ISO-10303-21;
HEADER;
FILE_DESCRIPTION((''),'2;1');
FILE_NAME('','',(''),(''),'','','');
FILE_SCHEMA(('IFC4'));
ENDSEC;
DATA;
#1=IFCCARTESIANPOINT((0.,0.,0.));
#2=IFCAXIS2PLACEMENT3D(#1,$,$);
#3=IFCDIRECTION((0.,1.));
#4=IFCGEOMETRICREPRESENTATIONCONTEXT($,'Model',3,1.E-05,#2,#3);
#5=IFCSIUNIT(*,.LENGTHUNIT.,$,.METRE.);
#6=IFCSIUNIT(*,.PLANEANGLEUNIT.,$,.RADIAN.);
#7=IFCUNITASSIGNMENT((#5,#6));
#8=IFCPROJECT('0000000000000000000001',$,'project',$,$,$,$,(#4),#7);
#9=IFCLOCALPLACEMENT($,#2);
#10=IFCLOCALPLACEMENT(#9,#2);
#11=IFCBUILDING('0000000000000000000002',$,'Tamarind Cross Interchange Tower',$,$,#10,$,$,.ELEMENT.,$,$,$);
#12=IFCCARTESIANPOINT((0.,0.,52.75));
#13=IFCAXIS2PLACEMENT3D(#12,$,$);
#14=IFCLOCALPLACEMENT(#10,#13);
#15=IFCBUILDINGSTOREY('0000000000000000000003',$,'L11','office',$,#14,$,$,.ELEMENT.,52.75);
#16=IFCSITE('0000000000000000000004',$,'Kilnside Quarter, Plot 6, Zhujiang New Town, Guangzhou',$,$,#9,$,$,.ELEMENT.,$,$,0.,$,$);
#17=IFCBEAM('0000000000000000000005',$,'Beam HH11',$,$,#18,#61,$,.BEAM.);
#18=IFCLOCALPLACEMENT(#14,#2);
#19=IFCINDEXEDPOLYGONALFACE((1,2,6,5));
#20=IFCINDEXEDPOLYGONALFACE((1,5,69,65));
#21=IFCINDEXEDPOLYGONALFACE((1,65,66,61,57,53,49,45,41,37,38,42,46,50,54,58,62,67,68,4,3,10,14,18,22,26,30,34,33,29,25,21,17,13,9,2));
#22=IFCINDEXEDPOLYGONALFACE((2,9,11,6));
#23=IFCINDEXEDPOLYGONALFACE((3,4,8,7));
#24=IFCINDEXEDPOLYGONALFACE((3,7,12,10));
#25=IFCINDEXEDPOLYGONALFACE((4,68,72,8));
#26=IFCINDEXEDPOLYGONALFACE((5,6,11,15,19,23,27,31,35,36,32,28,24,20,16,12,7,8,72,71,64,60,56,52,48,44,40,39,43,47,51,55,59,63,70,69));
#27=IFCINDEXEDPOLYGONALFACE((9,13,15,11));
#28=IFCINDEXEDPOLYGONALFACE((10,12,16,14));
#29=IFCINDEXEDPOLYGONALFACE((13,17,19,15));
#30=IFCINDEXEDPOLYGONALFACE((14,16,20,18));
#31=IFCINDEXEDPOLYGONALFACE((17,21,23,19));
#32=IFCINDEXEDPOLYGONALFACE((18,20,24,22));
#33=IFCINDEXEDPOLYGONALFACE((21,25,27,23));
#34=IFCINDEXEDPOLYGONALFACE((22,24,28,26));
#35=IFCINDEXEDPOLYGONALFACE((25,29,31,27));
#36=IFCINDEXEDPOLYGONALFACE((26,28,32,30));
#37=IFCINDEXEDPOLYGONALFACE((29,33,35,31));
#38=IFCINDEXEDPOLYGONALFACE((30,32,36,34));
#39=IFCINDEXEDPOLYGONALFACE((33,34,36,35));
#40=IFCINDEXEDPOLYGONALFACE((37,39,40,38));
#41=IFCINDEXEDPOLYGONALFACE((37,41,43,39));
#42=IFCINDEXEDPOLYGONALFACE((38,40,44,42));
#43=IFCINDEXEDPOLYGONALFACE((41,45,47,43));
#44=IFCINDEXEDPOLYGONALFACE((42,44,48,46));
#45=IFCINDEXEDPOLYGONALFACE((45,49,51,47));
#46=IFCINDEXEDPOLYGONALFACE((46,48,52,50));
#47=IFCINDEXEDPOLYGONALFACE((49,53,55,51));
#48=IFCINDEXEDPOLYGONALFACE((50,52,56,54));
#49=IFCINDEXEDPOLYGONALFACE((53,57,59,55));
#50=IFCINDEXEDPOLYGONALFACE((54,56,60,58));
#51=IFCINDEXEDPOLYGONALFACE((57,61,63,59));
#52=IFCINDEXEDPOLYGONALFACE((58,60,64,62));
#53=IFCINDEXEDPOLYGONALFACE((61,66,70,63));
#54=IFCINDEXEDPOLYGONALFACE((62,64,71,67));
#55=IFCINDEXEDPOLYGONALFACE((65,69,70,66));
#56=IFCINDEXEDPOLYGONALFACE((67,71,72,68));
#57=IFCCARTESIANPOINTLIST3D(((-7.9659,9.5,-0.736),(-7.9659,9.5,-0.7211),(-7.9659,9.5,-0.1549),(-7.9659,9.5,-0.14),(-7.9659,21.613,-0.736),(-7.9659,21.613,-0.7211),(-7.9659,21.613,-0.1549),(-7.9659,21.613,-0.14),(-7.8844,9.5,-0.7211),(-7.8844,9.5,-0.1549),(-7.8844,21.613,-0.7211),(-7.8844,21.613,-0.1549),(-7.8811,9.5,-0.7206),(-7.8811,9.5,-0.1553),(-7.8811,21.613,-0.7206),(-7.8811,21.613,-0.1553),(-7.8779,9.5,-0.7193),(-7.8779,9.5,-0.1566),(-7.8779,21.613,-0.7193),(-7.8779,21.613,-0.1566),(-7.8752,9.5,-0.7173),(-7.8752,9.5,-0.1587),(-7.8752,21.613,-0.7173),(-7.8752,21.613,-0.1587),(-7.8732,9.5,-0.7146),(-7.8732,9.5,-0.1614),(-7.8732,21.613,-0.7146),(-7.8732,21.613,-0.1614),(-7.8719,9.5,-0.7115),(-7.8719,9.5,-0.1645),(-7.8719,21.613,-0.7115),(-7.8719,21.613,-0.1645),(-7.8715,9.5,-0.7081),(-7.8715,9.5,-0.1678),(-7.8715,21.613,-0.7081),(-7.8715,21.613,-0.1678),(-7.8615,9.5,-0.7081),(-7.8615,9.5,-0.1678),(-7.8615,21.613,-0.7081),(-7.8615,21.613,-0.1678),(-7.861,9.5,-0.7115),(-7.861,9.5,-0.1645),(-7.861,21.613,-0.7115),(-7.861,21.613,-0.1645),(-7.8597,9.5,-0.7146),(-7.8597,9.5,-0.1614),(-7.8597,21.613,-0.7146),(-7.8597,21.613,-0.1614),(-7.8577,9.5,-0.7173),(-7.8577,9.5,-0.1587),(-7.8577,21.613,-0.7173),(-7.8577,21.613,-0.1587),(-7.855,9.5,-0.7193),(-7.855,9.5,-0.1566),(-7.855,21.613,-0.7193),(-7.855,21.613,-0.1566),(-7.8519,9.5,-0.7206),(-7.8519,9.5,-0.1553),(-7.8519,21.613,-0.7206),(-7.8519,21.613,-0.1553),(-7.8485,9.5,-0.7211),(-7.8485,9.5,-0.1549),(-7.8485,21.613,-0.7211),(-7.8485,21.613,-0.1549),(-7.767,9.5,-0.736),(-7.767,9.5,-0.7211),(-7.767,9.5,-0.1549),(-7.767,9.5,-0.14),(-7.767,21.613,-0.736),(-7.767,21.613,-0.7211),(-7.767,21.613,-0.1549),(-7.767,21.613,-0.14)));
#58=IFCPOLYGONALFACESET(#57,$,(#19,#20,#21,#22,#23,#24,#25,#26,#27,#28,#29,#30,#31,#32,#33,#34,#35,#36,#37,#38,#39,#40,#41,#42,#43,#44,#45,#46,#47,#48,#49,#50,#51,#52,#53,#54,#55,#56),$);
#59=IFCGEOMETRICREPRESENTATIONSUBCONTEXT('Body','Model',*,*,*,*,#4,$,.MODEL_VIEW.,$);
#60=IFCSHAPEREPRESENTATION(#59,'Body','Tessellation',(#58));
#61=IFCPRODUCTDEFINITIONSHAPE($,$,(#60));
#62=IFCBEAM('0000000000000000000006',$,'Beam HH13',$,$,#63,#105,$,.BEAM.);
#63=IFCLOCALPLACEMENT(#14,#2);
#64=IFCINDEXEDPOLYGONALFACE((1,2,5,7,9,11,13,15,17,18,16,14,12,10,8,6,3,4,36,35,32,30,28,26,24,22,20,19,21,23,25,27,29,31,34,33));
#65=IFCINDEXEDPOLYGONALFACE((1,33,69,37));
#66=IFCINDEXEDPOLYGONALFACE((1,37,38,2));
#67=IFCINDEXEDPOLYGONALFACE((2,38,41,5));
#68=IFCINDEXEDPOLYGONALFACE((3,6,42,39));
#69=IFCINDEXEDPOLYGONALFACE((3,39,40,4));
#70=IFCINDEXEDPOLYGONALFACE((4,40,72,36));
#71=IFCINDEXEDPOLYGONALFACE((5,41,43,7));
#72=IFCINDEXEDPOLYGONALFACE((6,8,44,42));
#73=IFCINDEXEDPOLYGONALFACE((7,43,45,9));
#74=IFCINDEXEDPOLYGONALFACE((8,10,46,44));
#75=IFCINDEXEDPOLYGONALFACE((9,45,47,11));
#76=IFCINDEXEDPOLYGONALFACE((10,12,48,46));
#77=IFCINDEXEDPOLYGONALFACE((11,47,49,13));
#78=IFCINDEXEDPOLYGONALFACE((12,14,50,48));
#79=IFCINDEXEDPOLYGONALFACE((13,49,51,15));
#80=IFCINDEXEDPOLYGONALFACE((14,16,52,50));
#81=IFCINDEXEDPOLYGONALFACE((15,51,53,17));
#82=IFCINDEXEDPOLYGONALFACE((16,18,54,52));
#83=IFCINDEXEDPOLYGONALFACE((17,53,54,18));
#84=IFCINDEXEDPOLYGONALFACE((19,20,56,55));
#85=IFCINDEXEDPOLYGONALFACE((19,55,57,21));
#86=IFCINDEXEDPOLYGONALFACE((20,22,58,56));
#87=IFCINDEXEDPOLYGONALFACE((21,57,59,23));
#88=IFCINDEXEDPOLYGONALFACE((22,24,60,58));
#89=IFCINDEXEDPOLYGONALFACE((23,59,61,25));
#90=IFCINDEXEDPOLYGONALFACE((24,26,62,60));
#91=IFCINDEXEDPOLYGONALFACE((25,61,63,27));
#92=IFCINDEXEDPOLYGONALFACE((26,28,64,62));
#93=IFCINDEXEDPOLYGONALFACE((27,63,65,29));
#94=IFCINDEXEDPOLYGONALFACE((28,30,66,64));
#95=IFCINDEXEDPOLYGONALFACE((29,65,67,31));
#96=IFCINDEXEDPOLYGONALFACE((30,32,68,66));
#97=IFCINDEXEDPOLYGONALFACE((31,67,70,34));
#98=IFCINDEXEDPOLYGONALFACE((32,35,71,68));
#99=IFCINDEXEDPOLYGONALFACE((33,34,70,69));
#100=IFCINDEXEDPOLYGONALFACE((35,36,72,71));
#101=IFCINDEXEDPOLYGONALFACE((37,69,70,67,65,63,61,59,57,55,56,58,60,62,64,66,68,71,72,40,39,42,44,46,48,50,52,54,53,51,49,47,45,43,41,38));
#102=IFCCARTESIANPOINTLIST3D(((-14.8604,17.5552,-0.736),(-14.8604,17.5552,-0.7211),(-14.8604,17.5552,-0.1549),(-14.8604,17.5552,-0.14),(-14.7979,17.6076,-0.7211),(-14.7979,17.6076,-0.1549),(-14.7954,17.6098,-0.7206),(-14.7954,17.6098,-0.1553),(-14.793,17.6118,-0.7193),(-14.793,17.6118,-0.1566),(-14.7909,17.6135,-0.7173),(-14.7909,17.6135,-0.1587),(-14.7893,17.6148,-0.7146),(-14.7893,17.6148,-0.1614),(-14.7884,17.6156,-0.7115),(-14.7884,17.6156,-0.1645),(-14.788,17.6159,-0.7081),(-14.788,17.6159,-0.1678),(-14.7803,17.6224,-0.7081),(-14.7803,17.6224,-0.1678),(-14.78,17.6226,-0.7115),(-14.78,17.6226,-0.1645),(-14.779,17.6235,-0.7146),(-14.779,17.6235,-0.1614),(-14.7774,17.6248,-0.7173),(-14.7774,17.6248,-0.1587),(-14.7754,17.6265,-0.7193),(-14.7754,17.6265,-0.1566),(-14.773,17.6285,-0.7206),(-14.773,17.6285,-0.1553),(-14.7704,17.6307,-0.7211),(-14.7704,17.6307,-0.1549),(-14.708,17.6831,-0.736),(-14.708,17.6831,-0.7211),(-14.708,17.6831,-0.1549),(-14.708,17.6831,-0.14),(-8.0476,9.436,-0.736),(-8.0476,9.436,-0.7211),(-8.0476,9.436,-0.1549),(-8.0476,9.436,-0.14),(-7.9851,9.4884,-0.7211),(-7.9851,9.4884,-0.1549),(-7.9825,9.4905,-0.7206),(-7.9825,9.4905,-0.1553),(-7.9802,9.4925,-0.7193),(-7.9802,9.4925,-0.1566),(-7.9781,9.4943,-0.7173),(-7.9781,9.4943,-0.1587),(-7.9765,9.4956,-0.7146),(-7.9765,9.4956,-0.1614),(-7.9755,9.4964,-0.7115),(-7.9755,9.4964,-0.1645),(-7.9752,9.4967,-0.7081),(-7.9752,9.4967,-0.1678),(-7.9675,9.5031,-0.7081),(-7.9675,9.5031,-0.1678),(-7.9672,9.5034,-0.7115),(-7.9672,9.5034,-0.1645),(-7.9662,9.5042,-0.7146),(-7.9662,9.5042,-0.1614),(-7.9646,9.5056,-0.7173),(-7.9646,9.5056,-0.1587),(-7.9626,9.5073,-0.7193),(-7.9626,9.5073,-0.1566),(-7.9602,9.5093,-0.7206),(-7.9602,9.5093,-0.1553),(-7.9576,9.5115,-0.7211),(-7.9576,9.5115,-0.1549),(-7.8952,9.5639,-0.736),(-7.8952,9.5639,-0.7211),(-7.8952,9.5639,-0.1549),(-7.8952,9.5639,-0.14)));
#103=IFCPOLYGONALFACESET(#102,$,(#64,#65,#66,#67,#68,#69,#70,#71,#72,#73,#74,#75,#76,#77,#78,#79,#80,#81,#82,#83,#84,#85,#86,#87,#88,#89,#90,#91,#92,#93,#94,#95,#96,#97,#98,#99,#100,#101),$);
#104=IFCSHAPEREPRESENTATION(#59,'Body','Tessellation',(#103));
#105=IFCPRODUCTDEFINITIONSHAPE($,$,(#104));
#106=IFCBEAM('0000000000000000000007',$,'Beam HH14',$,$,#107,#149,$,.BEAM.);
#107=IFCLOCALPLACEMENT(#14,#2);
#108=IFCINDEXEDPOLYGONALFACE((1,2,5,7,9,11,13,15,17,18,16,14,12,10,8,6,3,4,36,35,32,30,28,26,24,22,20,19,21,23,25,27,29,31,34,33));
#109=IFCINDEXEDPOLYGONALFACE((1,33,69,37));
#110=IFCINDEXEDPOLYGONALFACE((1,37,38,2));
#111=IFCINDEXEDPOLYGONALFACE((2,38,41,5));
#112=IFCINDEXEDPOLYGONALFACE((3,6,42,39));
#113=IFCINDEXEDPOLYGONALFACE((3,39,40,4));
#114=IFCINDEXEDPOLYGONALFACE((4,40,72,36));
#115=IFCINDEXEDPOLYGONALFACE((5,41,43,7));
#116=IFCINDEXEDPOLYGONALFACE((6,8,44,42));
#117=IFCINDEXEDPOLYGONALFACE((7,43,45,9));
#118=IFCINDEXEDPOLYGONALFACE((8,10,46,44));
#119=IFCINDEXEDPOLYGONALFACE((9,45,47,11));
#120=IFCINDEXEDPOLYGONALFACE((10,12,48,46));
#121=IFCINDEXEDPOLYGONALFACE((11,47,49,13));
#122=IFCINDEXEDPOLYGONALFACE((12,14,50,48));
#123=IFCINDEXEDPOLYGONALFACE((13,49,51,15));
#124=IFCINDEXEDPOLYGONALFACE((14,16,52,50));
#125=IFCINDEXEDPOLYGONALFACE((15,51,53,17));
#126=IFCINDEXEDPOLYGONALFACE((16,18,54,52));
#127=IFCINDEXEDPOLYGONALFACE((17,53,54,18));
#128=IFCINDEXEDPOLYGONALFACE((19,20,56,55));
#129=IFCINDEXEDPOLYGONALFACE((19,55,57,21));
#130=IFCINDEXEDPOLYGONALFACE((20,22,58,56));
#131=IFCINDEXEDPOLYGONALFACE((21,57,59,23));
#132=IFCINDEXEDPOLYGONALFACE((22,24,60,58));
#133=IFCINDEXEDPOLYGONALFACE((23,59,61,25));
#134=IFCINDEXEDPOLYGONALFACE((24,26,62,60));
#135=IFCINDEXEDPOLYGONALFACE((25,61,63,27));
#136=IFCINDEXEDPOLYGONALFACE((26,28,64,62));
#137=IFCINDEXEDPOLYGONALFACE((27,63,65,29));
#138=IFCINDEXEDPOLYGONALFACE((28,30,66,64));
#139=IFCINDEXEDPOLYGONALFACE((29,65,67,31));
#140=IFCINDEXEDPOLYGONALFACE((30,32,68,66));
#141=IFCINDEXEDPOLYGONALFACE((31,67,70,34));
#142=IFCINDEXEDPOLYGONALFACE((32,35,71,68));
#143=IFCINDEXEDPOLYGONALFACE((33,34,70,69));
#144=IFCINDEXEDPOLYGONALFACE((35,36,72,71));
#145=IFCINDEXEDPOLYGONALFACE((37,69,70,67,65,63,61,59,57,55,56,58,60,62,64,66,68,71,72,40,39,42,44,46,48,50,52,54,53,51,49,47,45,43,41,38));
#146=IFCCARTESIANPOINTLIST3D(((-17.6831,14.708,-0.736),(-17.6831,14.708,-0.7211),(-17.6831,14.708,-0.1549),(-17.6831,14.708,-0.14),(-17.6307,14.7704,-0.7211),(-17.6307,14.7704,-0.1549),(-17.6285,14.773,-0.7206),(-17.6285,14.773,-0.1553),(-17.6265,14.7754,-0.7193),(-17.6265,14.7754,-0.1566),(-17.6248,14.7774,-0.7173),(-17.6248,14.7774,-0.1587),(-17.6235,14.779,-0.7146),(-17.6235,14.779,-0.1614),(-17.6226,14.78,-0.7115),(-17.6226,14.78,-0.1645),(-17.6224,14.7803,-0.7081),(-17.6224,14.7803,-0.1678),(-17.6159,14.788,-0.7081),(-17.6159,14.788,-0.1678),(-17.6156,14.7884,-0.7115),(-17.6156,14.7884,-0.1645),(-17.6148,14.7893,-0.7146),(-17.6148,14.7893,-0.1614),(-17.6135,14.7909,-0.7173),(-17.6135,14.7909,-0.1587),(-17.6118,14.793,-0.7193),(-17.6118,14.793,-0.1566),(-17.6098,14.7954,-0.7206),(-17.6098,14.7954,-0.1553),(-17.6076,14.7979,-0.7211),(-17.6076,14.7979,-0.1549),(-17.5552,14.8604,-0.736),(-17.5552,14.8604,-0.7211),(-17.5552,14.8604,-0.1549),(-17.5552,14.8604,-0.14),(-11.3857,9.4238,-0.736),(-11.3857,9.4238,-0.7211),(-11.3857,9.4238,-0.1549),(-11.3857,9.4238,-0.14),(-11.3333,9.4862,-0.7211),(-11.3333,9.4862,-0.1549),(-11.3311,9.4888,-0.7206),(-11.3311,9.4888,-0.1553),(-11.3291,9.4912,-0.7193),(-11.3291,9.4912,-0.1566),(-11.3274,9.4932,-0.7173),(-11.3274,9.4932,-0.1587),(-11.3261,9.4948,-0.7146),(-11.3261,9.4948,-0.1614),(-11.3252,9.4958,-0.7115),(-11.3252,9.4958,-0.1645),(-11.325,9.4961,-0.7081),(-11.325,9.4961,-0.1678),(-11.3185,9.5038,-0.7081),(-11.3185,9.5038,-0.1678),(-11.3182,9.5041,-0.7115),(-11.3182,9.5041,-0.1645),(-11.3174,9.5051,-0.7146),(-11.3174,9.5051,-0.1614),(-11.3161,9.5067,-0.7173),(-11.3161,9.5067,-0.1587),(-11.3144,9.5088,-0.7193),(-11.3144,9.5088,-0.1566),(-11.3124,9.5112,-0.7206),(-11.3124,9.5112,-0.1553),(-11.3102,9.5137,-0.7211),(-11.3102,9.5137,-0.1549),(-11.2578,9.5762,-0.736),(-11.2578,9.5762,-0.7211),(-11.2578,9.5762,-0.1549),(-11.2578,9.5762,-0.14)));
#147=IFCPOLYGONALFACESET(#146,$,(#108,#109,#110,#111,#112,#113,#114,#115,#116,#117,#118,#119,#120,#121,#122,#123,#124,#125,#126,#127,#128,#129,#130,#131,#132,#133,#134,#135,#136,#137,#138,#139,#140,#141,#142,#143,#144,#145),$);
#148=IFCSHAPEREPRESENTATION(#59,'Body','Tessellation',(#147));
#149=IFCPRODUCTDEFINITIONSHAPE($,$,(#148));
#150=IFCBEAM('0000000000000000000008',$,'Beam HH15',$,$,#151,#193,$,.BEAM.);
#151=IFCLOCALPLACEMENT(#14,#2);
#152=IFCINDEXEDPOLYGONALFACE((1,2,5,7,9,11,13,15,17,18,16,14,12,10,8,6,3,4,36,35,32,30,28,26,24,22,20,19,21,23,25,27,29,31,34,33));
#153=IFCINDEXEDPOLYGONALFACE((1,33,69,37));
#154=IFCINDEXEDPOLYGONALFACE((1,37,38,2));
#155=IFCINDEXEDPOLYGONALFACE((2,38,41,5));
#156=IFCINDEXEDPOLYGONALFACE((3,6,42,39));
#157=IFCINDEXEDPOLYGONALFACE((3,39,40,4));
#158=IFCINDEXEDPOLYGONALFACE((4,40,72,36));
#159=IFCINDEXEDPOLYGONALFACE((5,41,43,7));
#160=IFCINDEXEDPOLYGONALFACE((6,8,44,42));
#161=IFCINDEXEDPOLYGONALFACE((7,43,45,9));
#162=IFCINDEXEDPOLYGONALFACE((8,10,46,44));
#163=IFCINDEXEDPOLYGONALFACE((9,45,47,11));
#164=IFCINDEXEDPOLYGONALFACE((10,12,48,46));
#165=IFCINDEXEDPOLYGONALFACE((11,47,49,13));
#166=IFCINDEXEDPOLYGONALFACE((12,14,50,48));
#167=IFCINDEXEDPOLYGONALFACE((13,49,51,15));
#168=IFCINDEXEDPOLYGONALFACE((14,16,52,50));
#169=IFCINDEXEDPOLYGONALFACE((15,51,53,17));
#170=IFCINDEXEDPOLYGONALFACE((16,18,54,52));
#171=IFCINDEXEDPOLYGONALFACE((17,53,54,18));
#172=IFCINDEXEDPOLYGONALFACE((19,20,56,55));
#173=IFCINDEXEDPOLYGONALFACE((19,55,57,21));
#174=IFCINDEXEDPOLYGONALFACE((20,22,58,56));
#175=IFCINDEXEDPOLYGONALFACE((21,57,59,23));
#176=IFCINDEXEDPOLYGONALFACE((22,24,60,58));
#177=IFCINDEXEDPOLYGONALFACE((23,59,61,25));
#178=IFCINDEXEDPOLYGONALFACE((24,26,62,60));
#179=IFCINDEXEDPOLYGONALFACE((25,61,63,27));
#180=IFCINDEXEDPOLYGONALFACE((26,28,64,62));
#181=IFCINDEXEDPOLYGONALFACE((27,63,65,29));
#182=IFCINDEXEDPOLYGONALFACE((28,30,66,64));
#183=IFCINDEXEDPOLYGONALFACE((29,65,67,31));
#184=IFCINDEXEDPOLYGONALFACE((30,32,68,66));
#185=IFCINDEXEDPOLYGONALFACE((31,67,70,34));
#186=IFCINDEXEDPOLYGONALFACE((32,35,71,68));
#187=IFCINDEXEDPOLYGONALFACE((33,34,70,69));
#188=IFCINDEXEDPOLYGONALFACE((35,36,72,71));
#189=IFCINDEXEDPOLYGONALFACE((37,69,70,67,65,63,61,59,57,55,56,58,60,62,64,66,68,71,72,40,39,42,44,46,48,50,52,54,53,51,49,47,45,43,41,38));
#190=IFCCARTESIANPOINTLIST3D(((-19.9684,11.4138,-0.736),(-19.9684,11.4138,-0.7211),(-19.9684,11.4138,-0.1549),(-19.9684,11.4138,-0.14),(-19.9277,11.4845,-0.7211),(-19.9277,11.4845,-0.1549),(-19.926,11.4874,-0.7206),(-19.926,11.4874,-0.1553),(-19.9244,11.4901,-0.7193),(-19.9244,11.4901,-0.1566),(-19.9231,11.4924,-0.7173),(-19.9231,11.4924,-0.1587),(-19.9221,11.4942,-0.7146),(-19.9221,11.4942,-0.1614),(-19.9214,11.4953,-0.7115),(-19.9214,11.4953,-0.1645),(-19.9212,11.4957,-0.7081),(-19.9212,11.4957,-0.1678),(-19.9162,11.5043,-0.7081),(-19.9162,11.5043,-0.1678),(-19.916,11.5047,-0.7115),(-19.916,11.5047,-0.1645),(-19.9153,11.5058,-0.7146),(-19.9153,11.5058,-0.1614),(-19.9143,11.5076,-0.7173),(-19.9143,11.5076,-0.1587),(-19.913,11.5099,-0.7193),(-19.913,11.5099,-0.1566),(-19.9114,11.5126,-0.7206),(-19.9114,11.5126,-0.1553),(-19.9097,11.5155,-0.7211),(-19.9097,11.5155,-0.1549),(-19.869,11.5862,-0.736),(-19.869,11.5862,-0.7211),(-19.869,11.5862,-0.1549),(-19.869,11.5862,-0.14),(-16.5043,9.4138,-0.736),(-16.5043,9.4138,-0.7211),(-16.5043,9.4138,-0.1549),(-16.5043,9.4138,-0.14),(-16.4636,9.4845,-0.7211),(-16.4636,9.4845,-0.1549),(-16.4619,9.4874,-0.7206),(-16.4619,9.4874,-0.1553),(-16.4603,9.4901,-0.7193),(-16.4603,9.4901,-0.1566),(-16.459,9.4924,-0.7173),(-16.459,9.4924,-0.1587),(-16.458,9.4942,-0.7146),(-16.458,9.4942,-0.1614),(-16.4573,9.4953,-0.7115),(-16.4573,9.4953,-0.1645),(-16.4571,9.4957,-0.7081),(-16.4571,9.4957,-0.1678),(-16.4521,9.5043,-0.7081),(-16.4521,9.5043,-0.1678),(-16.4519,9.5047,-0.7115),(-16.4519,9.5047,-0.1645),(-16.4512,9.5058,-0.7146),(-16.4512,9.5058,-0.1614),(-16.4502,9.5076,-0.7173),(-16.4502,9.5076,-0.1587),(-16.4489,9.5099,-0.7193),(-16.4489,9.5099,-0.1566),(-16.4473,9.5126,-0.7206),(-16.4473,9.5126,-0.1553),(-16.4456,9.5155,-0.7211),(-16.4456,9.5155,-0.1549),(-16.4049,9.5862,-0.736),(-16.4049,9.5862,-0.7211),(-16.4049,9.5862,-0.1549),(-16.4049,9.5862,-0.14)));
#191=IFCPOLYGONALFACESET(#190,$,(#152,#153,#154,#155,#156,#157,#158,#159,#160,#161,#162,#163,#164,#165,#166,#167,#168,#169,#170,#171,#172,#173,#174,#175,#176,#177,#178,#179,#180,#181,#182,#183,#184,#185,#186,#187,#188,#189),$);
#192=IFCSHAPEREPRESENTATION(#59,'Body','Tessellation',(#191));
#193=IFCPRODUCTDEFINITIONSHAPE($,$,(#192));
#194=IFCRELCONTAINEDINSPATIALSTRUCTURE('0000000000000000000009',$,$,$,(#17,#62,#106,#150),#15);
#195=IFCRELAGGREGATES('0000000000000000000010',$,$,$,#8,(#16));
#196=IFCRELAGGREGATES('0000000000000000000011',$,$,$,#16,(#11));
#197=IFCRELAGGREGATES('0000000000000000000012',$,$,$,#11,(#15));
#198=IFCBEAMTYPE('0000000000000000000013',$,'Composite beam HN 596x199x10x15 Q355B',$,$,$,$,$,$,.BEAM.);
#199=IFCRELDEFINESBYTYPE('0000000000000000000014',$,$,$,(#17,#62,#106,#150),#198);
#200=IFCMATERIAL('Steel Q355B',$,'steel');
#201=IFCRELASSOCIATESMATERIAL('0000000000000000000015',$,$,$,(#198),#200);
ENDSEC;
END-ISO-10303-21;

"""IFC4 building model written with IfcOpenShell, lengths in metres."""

from ifc_helpers import new_model, si_unit, direction, frame, origin, origin_2d, place, context, subcontext, project, spatial, i_section, extrude, material, material_profile, profile_set, type_object, element, save


model = new_model("IFC4")

# Units and contexts
model_context = context("Model", 3, precision=1e-05, world=origin(), true_north=direction((0.0, 1.0)))
body_context = subcontext(model_context, "Body", "Model", "MODEL_VIEW")
ifc_project = project(units=[si_unit("LENGTHUNIT", "METRE"), si_unit("PLANEANGLEUNIT", "RADIAN")], contexts=[model_context])

# Site, building, storey
site_placement = place(None, origin())
site = spatial("IfcSite", under=ifc_project, at=site_placement, Name="Kilnside Quarter, Plot 6, Zhujiang New Town, Guangzhou", CompositionType="ELEMENT", RefElevation=0.0)
building_placement = place(site_placement, origin())
building = spatial("IfcBuilding", under=site, at=building_placement, Name="Tamarind Cross Interchange Tower", CompositionType="ELEMENT")
storey_placement = place(building_placement, frame((0.0, 0.0, 52.75)))
storey = spatial("IfcBuildingStorey", under=building, at=storey_placement, Name="L11", Description="office", CompositionType="ELEMENT", Elevation=52.75)

# Beams
ifc_material_1 = material(Name="Steel Q355B", Category="steel")
ifc_material_profile_1 = material_profile(ifc_material_1, i_section(OverallWidth=0.199, OverallDepth=0.5959, WebThickness=0.01, FlangeThickness=0.0149, FilletRadius=0.0129, at=origin_2d()), Name="HN 596x199x10x15")
ifc_profile_set_1 = profile_set([ifc_material_profile_1], Name="Steel Q355B")
beam_type_1 = type_object("IfcBeamType", Name="Composite beam HN 596x199x10x15 Q355B", PredefinedType="BEAM", material=ifc_profile_set_1)
beam_1_placement = place(storey_placement, frame((-7.8665, 21.613, -0.438), z_axis=(0.0, -1.0, 0.0), x_axis=(1.0, 0.0, 0.0)))
element("IfcBeam", 1, at=beam_1_placement, inside=storey, type_object=beam_type_1, Name="Beam HH11", PredefinedType="BEAM", context=body_context, shape_type="SweptSolid", body=[
    extrude(i_section(OverallWidth=0.199, OverallDepth=0.5959, WebThickness=0.01, FlangeThickness=0.0149, FilletRadius=0.0129, at=origin_2d()), origin(), (0.0, 0.0, 1.0), 12.113),
])
beam_2_placement = place(storey_placement, frame((-14.7842, 17.6191, -0.438), z_axis=(0.642786, -0.766046, 0.0), x_axis=(0.766046, 0.642786, 0.0)))
element("IfcBeam", 2, at=beam_2_placement, inside=storey, type_object=beam_type_1, Name="Beam HH13", PredefinedType="BEAM", context=body_context, shape_type="SweptSolid", body=[
    extrude(i_section(OverallWidth=0.199, OverallDepth=0.5959, WebThickness=0.01, FlangeThickness=0.0149, FilletRadius=0.0129, at=origin_2d()), origin(), (0.0, 0.0, 1.0), 10.5989),
])
beam_3_placement = place(storey_placement, frame((-17.6191, 14.7842, -0.438), z_axis=(0.766041, -0.642792, 0.0), x_axis=(0.642792, 0.766041, 0.0)))
element("IfcBeam", 3, at=beam_3_placement, inside=storey, type_object=beam_type_1, Name="Beam HH14", PredefinedType="BEAM", context=body_context, shape_type="SweptSolid", body=[
    extrude(i_section(OverallWidth=0.199, OverallDepth=0.5959, WebThickness=0.01, FlangeThickness=0.0149, FilletRadius=0.0129, at=origin_2d()), origin(), (0.0, 0.0, 1.0), 8.2207),
])
beam_4_placement = place(storey_placement, frame((-19.9187, 11.5, -0.438), z_axis=(0.866026, -0.499999, 0.0), x_axis=(0.499999, 0.866026, 0.0)))
element("IfcBeam", 4, at=beam_4_placement, inside=storey, type_object=beam_type_1, Name="Beam HH15", PredefinedType="BEAM", context=body_context, shape_type="SweptSolid", body=[
    extrude(i_section(OverallWidth=0.199, OverallDepth=0.5959, WebThickness=0.01, FlangeThickness=0.0149, FilletRadius=0.0129, at=origin_2d()), origin(), (0.0, 0.0, 1.0), 4.0),
])

save(model, "model.ifc")
